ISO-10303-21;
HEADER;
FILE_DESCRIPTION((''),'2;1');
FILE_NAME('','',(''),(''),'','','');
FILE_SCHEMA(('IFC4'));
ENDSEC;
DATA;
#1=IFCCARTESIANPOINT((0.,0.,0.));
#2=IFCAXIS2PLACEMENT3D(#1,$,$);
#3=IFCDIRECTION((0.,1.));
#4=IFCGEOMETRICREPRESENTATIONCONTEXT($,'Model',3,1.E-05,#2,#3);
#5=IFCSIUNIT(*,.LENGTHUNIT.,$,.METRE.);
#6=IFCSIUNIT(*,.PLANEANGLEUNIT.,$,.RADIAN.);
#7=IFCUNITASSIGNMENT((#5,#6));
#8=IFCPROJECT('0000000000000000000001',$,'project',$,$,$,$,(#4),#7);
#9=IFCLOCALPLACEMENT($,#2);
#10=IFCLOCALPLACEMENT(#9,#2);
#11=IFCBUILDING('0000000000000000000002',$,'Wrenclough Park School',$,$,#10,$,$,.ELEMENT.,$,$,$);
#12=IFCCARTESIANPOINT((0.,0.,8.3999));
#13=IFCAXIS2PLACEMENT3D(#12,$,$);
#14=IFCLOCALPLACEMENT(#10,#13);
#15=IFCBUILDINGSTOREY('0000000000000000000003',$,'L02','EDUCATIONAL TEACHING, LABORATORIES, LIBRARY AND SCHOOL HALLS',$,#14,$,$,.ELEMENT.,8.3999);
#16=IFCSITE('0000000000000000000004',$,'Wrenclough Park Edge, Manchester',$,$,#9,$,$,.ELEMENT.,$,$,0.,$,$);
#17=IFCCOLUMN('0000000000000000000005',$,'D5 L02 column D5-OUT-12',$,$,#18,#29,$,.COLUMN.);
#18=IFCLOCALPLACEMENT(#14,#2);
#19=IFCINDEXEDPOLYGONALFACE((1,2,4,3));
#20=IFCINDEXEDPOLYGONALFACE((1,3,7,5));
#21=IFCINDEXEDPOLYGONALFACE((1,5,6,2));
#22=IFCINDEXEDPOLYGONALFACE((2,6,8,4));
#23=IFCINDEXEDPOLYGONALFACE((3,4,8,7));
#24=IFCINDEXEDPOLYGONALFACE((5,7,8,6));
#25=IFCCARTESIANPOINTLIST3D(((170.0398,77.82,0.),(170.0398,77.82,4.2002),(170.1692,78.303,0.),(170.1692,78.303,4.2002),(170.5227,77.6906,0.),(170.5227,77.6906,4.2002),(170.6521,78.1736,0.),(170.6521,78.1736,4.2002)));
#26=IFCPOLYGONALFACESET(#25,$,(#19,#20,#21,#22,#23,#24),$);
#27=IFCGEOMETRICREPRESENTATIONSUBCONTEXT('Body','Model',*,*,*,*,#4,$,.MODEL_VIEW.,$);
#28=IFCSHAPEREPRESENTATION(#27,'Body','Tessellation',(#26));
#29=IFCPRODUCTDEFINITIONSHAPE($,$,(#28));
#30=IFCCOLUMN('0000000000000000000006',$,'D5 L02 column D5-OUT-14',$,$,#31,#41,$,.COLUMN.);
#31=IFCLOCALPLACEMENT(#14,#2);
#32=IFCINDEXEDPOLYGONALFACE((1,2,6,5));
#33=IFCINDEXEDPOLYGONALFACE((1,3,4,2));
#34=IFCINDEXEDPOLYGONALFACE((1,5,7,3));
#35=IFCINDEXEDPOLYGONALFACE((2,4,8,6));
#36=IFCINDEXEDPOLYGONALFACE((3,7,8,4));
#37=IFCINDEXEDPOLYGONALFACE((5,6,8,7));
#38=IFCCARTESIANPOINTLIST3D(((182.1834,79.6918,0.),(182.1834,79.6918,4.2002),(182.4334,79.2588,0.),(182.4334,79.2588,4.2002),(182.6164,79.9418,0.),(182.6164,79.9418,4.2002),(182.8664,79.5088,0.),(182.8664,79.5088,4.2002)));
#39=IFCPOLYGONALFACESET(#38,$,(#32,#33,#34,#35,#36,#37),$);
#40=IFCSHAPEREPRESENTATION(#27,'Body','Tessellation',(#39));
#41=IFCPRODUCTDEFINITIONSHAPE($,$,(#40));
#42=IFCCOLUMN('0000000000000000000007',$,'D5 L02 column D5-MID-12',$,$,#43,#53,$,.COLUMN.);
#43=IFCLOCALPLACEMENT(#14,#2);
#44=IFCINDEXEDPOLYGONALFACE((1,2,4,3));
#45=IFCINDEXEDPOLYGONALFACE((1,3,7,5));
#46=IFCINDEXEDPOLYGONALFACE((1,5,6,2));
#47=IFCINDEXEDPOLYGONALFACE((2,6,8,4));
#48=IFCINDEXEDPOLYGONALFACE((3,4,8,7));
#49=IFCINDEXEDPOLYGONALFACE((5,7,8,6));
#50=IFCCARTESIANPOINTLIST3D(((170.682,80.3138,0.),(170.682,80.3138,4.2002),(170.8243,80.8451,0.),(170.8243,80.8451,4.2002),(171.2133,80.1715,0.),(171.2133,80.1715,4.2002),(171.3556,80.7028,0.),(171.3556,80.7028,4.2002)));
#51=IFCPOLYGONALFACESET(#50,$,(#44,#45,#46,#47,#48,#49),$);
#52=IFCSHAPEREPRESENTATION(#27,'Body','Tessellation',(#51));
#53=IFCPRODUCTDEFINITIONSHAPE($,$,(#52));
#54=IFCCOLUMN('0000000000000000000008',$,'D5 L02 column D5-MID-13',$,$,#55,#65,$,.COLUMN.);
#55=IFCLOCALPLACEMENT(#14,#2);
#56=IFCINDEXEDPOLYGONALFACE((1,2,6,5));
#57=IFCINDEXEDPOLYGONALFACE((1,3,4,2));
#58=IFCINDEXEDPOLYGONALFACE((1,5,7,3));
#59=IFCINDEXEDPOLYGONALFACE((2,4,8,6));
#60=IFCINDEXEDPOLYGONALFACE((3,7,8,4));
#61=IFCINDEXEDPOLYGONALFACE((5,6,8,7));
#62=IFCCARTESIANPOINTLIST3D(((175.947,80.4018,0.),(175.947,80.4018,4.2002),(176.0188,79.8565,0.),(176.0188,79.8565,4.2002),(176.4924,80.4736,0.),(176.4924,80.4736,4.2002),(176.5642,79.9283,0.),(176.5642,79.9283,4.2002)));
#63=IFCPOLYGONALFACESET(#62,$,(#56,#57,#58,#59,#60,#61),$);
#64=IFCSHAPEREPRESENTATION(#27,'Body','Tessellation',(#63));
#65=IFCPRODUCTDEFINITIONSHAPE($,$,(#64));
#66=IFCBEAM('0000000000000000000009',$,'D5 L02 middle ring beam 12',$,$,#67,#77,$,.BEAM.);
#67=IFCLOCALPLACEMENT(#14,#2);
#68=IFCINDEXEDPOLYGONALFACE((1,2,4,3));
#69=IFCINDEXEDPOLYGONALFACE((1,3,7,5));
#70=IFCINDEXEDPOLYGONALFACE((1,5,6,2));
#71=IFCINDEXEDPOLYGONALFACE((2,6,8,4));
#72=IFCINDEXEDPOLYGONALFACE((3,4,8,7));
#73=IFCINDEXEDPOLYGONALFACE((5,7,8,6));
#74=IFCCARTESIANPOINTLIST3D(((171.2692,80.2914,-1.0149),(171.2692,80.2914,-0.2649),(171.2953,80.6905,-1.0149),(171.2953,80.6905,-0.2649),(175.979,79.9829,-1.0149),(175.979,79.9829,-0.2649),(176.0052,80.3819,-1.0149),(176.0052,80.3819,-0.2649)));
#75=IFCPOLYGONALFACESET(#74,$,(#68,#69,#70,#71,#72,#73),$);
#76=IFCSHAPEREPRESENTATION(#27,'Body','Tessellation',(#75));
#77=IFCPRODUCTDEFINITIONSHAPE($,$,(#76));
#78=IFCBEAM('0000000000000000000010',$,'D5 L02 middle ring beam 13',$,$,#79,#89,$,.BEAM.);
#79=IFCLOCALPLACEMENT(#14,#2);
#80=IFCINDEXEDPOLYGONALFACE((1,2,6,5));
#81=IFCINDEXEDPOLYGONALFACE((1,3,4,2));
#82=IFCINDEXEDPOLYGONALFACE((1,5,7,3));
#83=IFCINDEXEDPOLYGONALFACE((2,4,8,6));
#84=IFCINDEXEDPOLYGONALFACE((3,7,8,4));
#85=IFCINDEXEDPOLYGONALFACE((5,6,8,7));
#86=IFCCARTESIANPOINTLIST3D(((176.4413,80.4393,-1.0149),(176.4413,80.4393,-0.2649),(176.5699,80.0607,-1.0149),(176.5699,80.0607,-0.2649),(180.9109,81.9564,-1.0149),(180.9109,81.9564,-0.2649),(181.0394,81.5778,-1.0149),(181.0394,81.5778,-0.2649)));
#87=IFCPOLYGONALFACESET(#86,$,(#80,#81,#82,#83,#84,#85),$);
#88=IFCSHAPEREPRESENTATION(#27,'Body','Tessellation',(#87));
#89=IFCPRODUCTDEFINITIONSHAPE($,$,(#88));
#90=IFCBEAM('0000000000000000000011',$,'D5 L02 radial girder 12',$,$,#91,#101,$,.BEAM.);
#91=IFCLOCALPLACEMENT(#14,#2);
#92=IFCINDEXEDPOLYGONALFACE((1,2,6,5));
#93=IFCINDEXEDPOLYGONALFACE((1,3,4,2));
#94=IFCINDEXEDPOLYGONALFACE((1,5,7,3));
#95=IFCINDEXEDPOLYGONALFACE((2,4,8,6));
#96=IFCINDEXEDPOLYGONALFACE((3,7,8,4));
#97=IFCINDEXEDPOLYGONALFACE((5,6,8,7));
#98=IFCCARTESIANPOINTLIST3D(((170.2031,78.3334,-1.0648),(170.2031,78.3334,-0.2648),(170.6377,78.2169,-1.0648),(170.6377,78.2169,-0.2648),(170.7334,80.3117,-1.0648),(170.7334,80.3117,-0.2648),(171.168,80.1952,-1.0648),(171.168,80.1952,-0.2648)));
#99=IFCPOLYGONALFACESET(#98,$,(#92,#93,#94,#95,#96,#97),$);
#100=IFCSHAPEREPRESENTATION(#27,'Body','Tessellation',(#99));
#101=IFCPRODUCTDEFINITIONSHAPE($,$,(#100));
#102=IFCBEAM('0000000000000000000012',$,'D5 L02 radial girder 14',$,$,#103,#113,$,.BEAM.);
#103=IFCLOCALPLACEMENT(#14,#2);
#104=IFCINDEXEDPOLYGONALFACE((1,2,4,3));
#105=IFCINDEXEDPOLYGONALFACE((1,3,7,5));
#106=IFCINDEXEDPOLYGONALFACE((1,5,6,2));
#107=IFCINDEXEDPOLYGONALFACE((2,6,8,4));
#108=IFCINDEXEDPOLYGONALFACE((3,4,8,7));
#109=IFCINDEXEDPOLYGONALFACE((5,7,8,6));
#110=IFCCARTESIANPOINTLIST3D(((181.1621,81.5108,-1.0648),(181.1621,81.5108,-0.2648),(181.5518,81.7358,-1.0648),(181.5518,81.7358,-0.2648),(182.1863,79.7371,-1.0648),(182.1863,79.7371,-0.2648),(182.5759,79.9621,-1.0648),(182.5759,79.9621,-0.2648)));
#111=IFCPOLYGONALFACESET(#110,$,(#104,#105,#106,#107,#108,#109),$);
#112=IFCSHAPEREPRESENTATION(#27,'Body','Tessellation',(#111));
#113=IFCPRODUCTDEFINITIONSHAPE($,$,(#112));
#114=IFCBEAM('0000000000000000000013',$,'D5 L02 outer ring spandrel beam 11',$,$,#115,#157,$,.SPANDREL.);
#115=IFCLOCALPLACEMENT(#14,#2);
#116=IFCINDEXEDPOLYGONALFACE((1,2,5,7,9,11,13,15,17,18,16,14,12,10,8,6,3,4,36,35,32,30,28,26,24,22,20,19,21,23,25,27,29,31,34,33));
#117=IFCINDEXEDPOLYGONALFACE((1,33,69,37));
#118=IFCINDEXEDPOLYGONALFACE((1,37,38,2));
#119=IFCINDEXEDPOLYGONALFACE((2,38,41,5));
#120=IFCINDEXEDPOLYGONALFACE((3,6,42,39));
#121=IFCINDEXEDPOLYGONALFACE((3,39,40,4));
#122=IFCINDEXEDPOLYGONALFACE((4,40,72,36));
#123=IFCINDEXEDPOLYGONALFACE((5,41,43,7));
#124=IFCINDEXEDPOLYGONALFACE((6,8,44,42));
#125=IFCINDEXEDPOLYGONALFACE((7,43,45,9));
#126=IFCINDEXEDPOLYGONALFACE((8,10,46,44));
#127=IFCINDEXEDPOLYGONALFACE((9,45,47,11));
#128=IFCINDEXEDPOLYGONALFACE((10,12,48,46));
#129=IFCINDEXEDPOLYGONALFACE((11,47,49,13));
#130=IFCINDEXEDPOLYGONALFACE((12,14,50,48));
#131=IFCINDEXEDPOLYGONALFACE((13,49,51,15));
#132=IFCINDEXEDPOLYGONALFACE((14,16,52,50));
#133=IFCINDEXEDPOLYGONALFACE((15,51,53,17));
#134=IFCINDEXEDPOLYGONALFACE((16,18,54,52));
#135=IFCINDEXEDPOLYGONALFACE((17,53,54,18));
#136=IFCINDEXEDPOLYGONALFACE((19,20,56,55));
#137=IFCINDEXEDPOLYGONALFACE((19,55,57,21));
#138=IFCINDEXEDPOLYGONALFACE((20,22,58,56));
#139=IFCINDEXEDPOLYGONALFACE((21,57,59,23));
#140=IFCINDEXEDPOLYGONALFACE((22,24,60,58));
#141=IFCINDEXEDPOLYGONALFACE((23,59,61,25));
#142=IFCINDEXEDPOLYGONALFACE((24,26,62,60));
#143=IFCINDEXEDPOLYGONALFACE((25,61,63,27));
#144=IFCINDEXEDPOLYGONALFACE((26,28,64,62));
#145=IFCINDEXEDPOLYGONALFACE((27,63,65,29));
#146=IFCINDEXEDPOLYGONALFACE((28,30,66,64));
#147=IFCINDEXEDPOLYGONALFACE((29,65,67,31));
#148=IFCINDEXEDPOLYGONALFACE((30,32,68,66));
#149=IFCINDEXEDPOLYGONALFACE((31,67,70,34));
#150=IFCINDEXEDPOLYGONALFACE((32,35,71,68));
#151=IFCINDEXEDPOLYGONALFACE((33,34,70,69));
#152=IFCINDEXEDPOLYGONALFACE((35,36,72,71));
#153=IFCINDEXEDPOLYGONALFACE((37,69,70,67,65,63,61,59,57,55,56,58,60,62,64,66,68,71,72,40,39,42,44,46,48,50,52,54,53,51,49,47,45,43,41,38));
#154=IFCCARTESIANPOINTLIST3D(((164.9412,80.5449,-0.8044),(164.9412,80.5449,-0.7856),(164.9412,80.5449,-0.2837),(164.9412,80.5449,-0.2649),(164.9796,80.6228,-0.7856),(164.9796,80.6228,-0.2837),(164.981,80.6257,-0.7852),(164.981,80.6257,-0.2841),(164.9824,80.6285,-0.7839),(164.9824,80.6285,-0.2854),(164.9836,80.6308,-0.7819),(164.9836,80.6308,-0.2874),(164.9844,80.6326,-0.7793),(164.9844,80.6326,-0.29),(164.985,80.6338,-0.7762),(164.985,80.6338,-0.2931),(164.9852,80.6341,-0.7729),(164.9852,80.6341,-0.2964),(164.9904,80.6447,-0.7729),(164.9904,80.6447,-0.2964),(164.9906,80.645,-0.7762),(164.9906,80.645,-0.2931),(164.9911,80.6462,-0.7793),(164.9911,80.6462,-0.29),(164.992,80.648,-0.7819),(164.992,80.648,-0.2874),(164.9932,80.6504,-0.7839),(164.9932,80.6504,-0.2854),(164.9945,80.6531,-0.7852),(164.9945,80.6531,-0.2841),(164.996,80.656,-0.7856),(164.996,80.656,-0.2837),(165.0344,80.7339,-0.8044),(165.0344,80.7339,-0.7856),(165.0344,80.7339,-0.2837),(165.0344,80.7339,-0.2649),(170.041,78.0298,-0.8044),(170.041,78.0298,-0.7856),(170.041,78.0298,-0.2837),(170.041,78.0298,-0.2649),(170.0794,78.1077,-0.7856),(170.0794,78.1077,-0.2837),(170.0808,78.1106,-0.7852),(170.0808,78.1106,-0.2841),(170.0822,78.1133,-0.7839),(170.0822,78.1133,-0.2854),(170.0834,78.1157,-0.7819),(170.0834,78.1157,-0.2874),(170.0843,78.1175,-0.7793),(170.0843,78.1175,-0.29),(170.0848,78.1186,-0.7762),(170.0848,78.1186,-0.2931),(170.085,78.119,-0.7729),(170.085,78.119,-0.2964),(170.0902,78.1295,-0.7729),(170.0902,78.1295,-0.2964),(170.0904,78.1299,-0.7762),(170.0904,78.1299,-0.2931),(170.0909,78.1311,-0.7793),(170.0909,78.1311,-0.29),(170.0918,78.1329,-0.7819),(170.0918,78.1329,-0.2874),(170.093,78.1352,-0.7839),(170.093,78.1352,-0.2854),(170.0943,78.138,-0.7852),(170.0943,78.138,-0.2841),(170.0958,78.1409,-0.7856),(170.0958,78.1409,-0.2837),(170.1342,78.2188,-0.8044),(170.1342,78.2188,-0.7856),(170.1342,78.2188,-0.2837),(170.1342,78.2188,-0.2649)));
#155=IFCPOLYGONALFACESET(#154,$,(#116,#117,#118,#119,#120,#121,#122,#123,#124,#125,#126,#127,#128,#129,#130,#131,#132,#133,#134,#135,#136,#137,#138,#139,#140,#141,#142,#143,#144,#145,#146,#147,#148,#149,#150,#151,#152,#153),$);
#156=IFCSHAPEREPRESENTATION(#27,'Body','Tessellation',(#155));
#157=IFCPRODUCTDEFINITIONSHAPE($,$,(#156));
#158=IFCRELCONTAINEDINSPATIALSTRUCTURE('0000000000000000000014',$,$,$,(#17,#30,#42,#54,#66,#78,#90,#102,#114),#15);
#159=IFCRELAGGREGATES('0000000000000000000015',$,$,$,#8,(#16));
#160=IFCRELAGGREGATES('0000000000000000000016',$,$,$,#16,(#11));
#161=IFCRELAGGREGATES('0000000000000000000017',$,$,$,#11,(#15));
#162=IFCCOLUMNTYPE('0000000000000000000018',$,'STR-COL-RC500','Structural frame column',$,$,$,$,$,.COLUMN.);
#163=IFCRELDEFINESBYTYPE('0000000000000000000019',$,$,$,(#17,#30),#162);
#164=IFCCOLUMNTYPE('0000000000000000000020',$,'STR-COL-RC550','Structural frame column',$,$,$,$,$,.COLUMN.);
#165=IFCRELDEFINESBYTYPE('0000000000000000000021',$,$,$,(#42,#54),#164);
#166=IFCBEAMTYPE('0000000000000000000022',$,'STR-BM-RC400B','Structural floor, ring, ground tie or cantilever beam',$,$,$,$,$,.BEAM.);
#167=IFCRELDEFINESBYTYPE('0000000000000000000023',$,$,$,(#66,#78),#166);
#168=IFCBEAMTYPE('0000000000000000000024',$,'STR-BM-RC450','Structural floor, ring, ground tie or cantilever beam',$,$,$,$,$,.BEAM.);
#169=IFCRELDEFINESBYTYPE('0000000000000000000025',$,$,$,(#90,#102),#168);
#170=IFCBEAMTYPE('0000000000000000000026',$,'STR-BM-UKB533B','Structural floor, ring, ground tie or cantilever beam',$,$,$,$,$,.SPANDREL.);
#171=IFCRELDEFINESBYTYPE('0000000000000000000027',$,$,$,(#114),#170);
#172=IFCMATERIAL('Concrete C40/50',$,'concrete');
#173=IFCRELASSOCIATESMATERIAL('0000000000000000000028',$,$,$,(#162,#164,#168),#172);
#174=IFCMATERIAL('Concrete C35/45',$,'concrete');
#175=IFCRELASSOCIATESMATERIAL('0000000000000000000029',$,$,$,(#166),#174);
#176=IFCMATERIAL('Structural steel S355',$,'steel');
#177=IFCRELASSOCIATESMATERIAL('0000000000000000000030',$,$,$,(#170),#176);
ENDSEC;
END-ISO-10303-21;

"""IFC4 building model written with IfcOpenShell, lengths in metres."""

from ifc_helpers import new_model, si_unit, direction, frame, origin, origin_2d, place, context, subcontext, project, spatial, rectangle, i_section, extrude, material, material_profile, profile_set, type_object, element, save


model = new_model("IFC4")

# Units and contexts
model_context = context("Model", 3, precision=1e-05, world=origin(), true_north=direction((0.0, 1.0)))
body_context = subcontext(model_context, "Body", "Model", "MODEL_VIEW")
ifc_project = project(units=[si_unit("LENGTHUNIT", "METRE"), si_unit("PLANEANGLEUNIT", "RADIAN")], contexts=[model_context])

# Site, building, storey
site_placement = place(None, origin())
site = spatial("IfcSite", under=ifc_project, at=site_placement, Name="Wrenclough Park Edge, Manchester", CompositionType="ELEMENT", RefElevation=0.0)
building_placement = place(site_placement, origin())
building = spatial("IfcBuilding", under=site, at=building_placement, Name="Wrenclough Park School", CompositionType="ELEMENT")
storey_placement = place(building_placement, frame((0.0, 0.0, 8.3999)))
storey = spatial("IfcBuildingStorey", under=building, at=storey_placement, Name="L02", Description="EDUCATIONAL TEACHING, LABORATORIES, LIBRARY AND SCHOOL HALLS", CompositionType="ELEMENT", Elevation=8.3999)

# Columns
ifc_material_1 = material(Name="Concrete C40/50", Category="concrete")
ifc_material_profile_1 = material_profile(ifc_material_1, rectangle(XDim=0.5, YDim=0.5, at=origin_2d()), Name="RC COL 500x500")
ifc_profile_set_1 = profile_set([ifc_material_profile_1], Name="Concrete C40/50")
column_type_1 = type_object("IfcColumnType", Name="STR-COL-RC500", Description="Structural frame column", PredefinedType="COLUMN", material=ifc_profile_set_1)
for number, where, z_axis, x_axis, name in (
    (1, (170.3459, 77.9968, 0.0), (0.0, 0.0, 1.0), (0.965926, -0.258819, 0.0), "D5 L02 column D5-OUT-12"),
    (2, (182.5249, 79.6003, 0.0), (0.0, 0.0, 1.0), (0.866025, 0.5, 0.0), "D5 L02 column D5-OUT-14"),
):
    element("IfcColumn", number, at=place(storey_placement, frame(where, z_axis=z_axis, x_axis=x_axis)), inside=storey, type_object=column_type_1, Name=name, PredefinedType="COLUMN", context=body_context, shape_type="SweptSolid", body=[
        extrude(rectangle(XDim=0.5, YDim=0.5, at=origin_2d()), origin(), (0.0, 0.0, 1.0), 4.2002),
    ])
ifc_material_profile_2 = material_profile(ifc_material_1, rectangle(XDim=0.55, YDim=0.55, at=origin_2d()), Name="RC COL 550x550")
ifc_profile_set_2 = profile_set([ifc_material_profile_2], Name="Concrete C40/50")
column_type_2 = type_object("IfcColumnType", Name="STR-COL-RC550", Description="Structural frame column", PredefinedType="COLUMN", material=ifc_profile_set_2)
for number, where, z_axis, x_axis, name in (
    (3, (171.0188, 80.5083, 0.0), (0.0, 0.0, 1.0), (0.965926, -0.258819, 0.0), "D5 L02 column D5-MID-12"),
    (4, (176.2556, 80.165, 0.0), (0.0, 0.0, 1.0), (0.991445, 0.130526, 0.0), "D5 L02 column D5-MID-13"),
):
    element("IfcColumn", number, at=place(storey_placement, frame(where, z_axis=z_axis, x_axis=x_axis)), inside=storey, type_object=column_type_2, Name=name, PredefinedType="COLUMN", context=body_context, shape_type="SweptSolid", body=[
        extrude(rectangle(XDim=0.55, YDim=0.55, at=origin_2d()), origin(), (0.0, 0.0, 1.0), 4.2002),
    ])

# Beams
ifc_material_2 = material(Name="Concrete C35/45", Category="concrete")
ifc_material_profile_3 = material_profile(ifc_material_2, rectangle(XDim=0.3999, YDim=0.75, at=origin_2d()), Name="RC BEAM 400x750")
ifc_profile_set_3 = profile_set([ifc_material_profile_3], Name="Concrete C35/45")
beam_type_1 = type_object("IfcBeamType", Name="STR-BM-RC400B", Description="Structural floor, ring, ground tie or cantilever beam", PredefinedType="BEAM", material=ifc_profile_set_3)
for number, where, z_axis, x_axis, name in (
    (5, (171.2822, 80.491, -0.6399), (0.99786, -0.065379, 0.0), (0.065379, 0.99786, 0.0), "D5 L02 middle ring beam 12"),
    (6, (176.5056, 80.25, -0.6399), (0.946936, 0.321421, 0.0), (-0.321421, 0.946936, 0.0), "D5 L02 middle ring beam 13"),
):
    element("IfcBeam", number, at=place(storey_placement, frame(where, z_axis=z_axis, x_axis=x_axis)), inside=storey, type_object=beam_type_1, Name=name, PredefinedType="BEAM", context=body_context, shape_type="SweptSolid", body=[
        extrude(rectangle(XDim=0.3999, YDim=0.75, at=origin_2d()), origin(), (0.0, 0.0, 1.0), 4.72),
    ])
ifc_material_profile_4 = material_profile(ifc_material_1, rectangle(XDim=0.45, YDim=0.8, at=origin_2d()), Name="RC BEAM 450x800")
ifc_profile_set_4 = profile_set([ifc_material_profile_4], Name="Concrete C40/50")
beam_type_2 = type_object("IfcBeamType", Name="STR-BM-RC450", Description="Structural floor, ring, ground tie or cantilever beam", PredefinedType="BEAM", material=ifc_profile_set_4)
for number, where, z_axis, x_axis, name in (
    (7, (170.4204, 78.2751, -0.6648), (0.258909, 0.965902, 0.0), (-0.965902, 0.258909, 0.0), "D5 L02 radial girder 12"),
    (8, (182.3811, 79.8496, -0.6648), (-0.500049, 0.865997, 0.0), (-0.865997, -0.500049, 0.0), "D5 L02 radial girder 14"),
):
    element("IfcBeam", number, at=place(storey_placement, frame(where, z_axis=z_axis, x_axis=x_axis)), inside=storey, type_object=beam_type_2, Name=name, PredefinedType="BEAM", context=body_context, shape_type="SweptSolid", body=[
        extrude(rectangle(XDim=0.45, YDim=0.8, at=origin_2d()), origin(), (0.0, 0.0, 1.0), 2.0481),
    ])
ifc_material_3 = material(Name="Structural steel S355", Category="steel")
ifc_material_profile_5 = material_profile(ifc_material_3, i_section(OverallWidth=0.2107, OverallDepth=0.5396, WebThickness=0.0117, FlangeThickness=0.0188, FilletRadius=0.0127, at=origin_2d()), Name="UKB 533x210x109")
ifc_profile_set_5 = profile_set([ifc_material_profile_5], Name="Structural steel S355")
beam_type_3 = type_object("IfcBeamType", Name="STR-BM-UKB533B", Description="Structural floor, ring, ground tie or cantilever beam", PredefinedType="SPANDREL", material=ifc_profile_set_5)
beam_placement = place(storey_placement, frame((164.9878, 80.6394, -0.5347), z_axis=(0.896861, -0.442312, 0.0), x_axis=(0.442312, 0.896861, 0.0)))
element("IfcBeam", 9, at=beam_placement, inside=storey, type_object=beam_type_3, Name="D5 L02 outer ring spandrel beam 11", PredefinedType="SPANDREL", context=body_context, shape_type="SweptSolid", body=[
    extrude(i_section(OverallWidth=0.2107, OverallDepth=0.5396, WebThickness=0.0117, FlangeThickness=0.0188, FilletRadius=0.0127, at=origin_2d()), origin(), (0.0, 0.0, 1.0), 5.6863),
])

save(model, "model.ifc")
